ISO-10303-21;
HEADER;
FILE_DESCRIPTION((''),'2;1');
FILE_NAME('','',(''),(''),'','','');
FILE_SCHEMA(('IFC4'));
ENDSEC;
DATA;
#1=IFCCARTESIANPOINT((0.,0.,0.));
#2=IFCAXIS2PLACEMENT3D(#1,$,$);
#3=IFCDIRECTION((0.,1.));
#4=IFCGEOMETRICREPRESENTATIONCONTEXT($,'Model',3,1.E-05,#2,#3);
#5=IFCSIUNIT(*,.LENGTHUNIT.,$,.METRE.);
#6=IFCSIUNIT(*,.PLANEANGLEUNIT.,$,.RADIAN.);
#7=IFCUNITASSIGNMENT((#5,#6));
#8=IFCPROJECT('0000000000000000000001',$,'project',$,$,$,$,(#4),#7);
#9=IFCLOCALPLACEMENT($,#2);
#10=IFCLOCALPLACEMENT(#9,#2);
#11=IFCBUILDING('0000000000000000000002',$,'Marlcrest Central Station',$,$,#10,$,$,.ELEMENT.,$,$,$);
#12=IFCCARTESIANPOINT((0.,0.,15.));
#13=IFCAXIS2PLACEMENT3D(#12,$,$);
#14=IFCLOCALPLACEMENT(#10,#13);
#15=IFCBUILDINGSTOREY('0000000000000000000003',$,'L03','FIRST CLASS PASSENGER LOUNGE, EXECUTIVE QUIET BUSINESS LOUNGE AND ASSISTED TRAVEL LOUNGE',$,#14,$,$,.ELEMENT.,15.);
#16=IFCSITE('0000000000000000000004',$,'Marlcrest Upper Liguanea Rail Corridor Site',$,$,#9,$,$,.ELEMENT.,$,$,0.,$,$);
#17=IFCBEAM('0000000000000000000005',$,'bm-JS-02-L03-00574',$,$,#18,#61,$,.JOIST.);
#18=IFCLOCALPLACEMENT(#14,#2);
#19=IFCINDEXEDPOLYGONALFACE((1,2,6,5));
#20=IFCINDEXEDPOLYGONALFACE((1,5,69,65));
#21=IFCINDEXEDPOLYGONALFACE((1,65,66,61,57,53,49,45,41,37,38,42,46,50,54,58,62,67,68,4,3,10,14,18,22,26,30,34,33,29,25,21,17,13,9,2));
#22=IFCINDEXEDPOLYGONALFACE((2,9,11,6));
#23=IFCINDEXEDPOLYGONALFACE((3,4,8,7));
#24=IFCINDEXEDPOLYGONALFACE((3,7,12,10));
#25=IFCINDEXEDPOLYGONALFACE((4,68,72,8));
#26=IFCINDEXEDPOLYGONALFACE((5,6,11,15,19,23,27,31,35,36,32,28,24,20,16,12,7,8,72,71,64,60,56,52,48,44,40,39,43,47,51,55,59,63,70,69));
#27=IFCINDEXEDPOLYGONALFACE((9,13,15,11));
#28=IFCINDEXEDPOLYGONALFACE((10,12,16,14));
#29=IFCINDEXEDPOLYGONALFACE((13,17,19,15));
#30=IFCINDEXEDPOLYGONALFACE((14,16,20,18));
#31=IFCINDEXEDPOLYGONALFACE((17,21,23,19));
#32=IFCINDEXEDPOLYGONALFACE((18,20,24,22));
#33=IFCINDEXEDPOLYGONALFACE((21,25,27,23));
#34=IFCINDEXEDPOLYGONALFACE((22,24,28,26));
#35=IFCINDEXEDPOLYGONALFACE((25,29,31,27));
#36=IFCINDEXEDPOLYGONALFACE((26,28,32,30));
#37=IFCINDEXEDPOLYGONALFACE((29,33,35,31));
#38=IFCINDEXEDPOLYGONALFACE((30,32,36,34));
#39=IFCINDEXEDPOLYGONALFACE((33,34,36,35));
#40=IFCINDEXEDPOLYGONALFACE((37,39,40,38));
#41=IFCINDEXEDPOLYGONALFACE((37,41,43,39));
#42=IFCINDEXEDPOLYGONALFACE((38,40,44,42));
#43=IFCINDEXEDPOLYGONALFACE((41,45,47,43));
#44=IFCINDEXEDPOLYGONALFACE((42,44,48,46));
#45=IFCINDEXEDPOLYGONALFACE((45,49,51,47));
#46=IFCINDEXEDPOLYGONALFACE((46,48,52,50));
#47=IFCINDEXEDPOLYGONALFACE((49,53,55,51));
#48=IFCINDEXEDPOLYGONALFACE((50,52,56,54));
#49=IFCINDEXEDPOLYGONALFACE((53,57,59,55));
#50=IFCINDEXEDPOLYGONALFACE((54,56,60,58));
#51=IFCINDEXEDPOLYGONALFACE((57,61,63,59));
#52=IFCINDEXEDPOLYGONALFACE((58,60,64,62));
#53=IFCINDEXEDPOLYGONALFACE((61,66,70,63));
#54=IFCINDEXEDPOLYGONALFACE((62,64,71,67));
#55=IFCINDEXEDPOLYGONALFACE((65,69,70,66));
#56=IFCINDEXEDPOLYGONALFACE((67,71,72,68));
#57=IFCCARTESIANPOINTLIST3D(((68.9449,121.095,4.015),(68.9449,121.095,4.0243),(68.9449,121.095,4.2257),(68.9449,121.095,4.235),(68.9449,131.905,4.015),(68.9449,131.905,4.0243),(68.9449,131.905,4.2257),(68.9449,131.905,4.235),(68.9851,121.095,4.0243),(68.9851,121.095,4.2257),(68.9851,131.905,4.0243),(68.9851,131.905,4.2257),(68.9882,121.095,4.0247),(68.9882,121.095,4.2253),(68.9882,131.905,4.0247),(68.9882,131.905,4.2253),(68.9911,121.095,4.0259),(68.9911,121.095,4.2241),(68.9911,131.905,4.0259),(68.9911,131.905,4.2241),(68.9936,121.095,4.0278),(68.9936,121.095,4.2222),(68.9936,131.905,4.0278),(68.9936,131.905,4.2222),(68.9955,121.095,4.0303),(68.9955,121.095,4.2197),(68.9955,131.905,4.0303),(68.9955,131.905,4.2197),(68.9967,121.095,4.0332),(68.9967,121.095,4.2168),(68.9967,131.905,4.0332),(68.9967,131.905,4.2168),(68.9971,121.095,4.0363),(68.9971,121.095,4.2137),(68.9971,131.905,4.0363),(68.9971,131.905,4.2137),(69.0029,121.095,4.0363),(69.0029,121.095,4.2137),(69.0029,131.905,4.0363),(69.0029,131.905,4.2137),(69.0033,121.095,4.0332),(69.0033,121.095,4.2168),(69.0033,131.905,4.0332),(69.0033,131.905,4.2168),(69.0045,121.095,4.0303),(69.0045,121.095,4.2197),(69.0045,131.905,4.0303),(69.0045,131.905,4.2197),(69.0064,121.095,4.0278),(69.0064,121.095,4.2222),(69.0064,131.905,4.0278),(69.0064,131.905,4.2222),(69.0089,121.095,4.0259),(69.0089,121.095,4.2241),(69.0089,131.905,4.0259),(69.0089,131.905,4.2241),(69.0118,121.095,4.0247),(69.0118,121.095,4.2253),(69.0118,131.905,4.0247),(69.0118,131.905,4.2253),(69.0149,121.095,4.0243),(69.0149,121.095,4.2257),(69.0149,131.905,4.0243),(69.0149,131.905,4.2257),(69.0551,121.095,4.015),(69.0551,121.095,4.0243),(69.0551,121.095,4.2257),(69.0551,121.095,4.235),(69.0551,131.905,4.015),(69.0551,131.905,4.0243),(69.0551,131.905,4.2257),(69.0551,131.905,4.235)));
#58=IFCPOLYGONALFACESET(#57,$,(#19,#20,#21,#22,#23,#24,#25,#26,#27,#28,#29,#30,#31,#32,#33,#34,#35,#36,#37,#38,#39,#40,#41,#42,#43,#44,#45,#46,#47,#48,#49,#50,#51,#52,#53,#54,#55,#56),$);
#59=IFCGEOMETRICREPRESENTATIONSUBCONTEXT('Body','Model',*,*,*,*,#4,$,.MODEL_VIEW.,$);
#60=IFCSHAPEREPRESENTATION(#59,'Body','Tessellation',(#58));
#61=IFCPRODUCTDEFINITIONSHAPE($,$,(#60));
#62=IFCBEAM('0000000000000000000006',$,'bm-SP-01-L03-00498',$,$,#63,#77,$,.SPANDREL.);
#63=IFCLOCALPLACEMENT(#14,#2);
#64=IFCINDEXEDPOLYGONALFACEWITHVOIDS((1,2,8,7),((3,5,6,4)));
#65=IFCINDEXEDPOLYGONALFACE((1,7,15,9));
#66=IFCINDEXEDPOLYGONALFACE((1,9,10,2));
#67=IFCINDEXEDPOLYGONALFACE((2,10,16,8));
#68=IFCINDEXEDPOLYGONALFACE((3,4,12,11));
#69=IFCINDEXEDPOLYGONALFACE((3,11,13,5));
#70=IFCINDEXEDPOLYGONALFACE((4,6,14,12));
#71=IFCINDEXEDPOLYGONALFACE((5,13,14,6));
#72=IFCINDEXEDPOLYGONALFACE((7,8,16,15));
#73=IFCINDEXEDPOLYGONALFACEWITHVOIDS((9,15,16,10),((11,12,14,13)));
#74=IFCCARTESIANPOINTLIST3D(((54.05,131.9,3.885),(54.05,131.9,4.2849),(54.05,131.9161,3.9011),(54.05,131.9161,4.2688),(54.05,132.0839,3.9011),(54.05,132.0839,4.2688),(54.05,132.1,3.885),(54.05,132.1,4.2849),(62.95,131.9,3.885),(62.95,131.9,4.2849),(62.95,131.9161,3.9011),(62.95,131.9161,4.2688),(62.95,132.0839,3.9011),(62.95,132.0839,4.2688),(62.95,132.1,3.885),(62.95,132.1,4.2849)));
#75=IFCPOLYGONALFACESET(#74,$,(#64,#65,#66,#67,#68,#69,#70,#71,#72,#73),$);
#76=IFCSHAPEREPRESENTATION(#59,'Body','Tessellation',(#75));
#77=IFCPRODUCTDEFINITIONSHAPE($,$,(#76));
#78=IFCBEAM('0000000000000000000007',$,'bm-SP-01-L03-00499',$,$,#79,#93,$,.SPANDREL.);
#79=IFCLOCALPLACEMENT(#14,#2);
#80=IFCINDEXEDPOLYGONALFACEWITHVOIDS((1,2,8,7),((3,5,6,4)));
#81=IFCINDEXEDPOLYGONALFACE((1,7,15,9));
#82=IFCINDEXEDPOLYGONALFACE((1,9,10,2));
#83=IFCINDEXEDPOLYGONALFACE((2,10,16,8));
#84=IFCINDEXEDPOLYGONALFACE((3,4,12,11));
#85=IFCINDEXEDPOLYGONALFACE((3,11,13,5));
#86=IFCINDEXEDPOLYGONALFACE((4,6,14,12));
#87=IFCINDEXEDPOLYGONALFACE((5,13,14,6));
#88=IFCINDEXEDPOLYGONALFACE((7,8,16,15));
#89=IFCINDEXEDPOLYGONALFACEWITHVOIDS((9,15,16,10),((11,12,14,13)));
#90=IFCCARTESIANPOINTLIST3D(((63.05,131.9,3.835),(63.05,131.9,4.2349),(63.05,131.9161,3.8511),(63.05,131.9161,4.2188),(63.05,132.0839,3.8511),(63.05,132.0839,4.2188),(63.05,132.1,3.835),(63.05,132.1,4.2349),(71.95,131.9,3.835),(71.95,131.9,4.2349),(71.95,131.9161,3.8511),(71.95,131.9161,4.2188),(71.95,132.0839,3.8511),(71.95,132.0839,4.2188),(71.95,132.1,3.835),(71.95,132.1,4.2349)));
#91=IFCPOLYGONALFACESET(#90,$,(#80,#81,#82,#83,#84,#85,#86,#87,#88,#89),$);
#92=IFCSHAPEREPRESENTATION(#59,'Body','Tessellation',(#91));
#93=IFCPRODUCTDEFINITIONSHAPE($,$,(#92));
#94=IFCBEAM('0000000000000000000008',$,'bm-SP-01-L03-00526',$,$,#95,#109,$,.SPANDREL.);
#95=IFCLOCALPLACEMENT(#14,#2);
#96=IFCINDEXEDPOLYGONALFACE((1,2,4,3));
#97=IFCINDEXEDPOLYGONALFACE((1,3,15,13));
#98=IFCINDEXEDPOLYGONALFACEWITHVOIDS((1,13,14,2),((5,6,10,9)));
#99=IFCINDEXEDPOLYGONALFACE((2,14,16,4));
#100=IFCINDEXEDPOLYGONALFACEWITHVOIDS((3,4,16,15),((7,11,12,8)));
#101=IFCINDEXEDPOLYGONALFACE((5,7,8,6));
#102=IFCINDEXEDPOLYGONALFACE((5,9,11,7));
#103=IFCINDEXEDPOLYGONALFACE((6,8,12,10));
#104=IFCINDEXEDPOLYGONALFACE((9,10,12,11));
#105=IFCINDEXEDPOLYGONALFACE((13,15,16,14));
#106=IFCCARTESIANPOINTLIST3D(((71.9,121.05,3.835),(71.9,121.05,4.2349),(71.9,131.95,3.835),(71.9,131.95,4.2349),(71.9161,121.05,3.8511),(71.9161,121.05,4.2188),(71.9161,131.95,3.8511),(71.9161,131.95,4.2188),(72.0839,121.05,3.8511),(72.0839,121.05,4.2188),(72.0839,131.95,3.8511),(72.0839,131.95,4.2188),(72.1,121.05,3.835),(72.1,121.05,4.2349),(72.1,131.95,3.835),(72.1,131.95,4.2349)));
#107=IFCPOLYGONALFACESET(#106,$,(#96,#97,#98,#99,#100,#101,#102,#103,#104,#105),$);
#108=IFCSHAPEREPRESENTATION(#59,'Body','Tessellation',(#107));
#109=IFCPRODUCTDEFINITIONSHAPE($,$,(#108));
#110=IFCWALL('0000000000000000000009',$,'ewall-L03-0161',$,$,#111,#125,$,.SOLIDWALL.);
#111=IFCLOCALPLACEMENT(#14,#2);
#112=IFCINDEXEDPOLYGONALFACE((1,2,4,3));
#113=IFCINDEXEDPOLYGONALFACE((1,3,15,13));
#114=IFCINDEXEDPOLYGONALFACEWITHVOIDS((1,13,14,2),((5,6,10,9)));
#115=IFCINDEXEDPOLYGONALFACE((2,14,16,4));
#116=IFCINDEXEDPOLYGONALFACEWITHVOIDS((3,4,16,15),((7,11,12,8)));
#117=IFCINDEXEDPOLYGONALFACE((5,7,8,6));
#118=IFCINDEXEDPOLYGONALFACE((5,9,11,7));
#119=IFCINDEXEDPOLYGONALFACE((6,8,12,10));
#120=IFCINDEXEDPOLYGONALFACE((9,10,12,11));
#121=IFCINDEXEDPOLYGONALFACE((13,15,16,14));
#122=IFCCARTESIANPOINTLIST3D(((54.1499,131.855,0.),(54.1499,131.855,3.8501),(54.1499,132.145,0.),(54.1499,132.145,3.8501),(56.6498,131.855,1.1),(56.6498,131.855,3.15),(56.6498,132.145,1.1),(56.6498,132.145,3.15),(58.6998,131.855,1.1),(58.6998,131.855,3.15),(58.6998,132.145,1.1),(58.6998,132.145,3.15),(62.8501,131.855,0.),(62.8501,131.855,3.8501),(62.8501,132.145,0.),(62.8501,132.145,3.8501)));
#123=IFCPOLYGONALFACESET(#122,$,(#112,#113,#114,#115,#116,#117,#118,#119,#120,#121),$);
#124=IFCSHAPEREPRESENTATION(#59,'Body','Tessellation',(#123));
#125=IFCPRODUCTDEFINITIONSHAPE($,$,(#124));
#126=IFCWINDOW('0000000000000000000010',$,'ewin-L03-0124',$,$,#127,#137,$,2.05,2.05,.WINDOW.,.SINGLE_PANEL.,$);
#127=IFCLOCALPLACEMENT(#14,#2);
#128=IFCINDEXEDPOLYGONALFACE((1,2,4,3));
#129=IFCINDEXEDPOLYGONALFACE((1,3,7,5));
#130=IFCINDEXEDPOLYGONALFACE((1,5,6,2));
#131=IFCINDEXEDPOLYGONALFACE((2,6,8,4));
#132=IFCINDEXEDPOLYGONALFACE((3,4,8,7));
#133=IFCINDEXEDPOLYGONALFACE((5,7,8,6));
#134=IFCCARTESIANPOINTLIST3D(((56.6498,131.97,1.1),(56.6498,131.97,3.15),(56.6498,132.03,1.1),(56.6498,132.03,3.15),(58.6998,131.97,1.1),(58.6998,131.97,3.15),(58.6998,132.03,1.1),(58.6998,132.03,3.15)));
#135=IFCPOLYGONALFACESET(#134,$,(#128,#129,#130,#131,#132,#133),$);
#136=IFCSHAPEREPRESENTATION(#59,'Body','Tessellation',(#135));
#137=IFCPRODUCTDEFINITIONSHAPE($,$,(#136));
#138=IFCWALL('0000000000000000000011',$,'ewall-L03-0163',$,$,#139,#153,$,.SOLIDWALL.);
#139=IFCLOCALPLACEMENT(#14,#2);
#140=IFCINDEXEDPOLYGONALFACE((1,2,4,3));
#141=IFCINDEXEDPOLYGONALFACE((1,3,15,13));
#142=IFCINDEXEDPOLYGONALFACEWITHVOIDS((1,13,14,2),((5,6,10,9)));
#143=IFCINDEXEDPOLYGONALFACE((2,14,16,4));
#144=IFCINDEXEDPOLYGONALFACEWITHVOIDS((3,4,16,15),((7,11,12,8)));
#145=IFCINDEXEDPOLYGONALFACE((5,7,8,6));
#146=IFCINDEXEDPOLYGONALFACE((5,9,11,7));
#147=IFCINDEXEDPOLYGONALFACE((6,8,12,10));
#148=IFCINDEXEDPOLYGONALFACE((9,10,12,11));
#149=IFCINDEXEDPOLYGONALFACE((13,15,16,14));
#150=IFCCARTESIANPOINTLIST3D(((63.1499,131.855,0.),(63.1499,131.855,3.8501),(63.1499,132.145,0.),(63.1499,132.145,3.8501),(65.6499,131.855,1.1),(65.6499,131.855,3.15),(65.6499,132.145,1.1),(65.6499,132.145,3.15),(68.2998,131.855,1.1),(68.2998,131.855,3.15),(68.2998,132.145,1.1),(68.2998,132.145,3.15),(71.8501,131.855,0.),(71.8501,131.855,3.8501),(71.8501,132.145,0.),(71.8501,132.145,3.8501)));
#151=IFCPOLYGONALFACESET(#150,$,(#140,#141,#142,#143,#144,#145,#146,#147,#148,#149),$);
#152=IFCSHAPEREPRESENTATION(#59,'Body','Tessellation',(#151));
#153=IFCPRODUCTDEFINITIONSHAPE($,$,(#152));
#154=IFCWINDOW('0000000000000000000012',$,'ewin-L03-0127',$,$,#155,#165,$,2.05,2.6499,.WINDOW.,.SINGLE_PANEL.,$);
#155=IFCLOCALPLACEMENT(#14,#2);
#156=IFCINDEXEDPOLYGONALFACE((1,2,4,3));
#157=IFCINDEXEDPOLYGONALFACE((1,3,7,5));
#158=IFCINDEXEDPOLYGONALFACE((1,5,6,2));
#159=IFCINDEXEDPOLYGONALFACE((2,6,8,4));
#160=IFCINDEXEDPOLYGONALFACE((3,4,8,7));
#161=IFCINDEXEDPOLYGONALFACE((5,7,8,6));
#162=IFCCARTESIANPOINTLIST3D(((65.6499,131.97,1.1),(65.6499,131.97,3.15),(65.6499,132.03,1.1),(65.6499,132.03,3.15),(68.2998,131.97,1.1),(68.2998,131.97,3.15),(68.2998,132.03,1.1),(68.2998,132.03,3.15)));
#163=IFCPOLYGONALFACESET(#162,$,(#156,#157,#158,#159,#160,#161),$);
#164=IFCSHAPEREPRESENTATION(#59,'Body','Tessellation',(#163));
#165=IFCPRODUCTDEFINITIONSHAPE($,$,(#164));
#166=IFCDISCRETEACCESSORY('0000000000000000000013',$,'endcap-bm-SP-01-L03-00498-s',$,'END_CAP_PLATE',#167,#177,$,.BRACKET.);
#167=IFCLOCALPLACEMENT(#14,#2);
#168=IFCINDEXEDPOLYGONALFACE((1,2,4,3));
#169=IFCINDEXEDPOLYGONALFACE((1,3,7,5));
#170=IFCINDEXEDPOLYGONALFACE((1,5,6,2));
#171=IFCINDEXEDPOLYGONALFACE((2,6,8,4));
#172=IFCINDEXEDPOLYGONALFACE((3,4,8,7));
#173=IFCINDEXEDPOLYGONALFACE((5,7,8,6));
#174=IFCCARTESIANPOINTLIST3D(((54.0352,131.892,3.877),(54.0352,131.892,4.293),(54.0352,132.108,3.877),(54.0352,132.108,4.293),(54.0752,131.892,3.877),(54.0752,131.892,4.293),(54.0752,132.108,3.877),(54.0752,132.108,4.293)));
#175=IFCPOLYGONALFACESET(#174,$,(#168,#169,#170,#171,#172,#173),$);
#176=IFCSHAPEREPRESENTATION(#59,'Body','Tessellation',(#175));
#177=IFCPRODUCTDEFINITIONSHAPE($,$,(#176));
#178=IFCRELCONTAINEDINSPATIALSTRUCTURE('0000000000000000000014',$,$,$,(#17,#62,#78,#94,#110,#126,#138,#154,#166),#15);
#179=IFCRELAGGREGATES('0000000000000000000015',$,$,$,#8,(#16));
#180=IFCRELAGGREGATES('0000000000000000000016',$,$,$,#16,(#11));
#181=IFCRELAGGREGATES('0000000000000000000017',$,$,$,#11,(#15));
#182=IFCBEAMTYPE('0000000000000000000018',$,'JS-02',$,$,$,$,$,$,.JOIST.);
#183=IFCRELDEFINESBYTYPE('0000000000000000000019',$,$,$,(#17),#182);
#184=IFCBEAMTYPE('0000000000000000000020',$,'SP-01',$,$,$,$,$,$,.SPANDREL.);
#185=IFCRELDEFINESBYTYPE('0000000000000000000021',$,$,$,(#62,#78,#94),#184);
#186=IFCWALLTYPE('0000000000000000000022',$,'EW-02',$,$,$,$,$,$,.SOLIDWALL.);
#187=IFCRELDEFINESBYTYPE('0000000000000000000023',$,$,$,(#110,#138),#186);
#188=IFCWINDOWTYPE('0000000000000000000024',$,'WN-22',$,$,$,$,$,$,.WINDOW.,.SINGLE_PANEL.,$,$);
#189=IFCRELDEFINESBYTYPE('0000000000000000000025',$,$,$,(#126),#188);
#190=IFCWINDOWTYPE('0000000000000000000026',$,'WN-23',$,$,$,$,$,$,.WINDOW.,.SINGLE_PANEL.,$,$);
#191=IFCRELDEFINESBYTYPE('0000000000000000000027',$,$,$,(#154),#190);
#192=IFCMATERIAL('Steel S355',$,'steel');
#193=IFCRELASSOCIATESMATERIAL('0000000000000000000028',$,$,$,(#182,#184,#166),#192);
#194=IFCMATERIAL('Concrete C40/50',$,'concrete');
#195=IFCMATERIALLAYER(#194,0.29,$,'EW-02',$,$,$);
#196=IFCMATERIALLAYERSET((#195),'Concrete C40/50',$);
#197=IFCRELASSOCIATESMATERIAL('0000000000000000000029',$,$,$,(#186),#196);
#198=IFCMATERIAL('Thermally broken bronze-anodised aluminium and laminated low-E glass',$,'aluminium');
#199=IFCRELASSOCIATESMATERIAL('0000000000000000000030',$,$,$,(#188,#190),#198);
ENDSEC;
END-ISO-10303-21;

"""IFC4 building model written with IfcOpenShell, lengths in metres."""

from ifc_helpers import new_model, si_unit, direction, frame, frame_2d, origin, origin_2d, place, context, subcontext, project, spatial, rectangle, hollow_rectangle, i_section, extrude, material, layer, layer_set, material_profile, profile_set, type_object, element, fill, save


model = new_model("IFC4")

# Units and contexts
model_context = context("Model", 3, precision=1e-05, world=origin(), true_north=direction((0.0, 1.0)))
body_context = subcontext(model_context, "Body", "Model", "MODEL_VIEW")
ifc_project = project(units=[si_unit("LENGTHUNIT", "METRE"), si_unit("PLANEANGLEUNIT", "RADIAN")], contexts=[model_context])

# Site, building, storey
site_placement = place(None, origin())
site = spatial("IfcSite", under=ifc_project, at=site_placement, Name="Marlcrest Upper Liguanea Rail Corridor Site", CompositionType="ELEMENT", RefElevation=0.0)
building_placement = place(site_placement, origin())
building = spatial("IfcBuilding", under=site, at=building_placement, Name="Marlcrest Central Station", CompositionType="ELEMENT")
storey_placement = place(building_placement, frame((0.0, 0.0, 15.0)))
storey = spatial("IfcBuildingStorey", under=building, at=storey_placement, Name="L03", Description="FIRST CLASS PASSENGER LOUNGE, EXECUTIVE QUIET BUSINESS LOUNGE AND ASSISTED TRAVEL LOUNGE", CompositionType="ELEMENT", Elevation=15.0)

# Shared definitions
ifc_material_1 = material(Name="Steel S355", Category="steel")

# Beams
ifc_material_profile_1 = material_profile(ifc_material_1, i_section(OverallWidth=0.1101, OverallDepth=0.22, WebThickness=0.0059, FlangeThickness=0.0093, FilletRadius=0.012, at=origin_2d()), Name="IPE 220")
ifc_profile_set_1 = profile_set([ifc_material_profile_1], Name="Steel S355")
beam_type_1 = type_object("IfcBeamType", Name="JS-02", PredefinedType="JOIST", material=ifc_profile_set_1)
for number, where, z_axis, x_axis, name in (
    (1, (69.0, 121.095, 4.125), (0.0, 1.0, 0.0), (-1.0, 0.0, 0.0), "bm-JS-02-L03-00574"),
):
    element("IfcBeam", number, at=place(storey_placement, frame(where, z_axis=z_axis, x_axis=x_axis)), inside=storey, type_object=beam_type_1, Name=name, PredefinedType="JOIST", context=body_context, shape_type="SweptSolid", body=[
        extrude(i_section(OverallWidth=0.1101, OverallDepth=0.22, WebThickness=0.0059, FlangeThickness=0.0093, FilletRadius=0.012, at=origin_2d()), origin(), (0.0, 0.0, 1.0), 10.8101),
    ])
ifc_material_profile_2 = material_profile(ifc_material_1, hollow_rectangle(XDim=0.2, YDim=0.3999, WallThickness=0.0161, at=origin_2d()), Name="RHS 400x200x16")
ifc_profile_set_2 = profile_set([ifc_material_profile_2], Name="Steel S355")
beam_type_2 = type_object("IfcBeamType", Name="SP-01", PredefinedType="SPANDREL", material=ifc_profile_set_2)
for number, where, z_axis, x_axis, name in (
    (2, (54.05, 132.0, 4.085), (1.0, 0.0, 0.0), (0.0, 1.0, 0.0), "bm-SP-01-L03-00498"),
    (3, (63.05, 132.0, 4.0349), (1.0, 0.0, 0.0), (0.0, 1.0, 0.0), "bm-SP-01-L03-00499"),
):
    element("IfcBeam", number, at=place(storey_placement, frame(where, z_axis=z_axis, x_axis=x_axis)), inside=storey, type_object=beam_type_2, Name=name, PredefinedType="SPANDREL", context=body_context, shape_type="SweptSolid", body=[
        extrude(hollow_rectangle(XDim=0.2, YDim=0.3999, WallThickness=0.0161, at=origin_2d()), origin(), (0.0, 0.0, 1.0), 8.8999),
    ])
beam_1_placement = place(storey_placement, frame((72.0, 121.05, 4.0349), z_axis=(0.0, 1.0, 0.0), x_axis=(-1.0, 0.0, 0.0)))
element("IfcBeam", 4, at=beam_1_placement, inside=storey, type_object=beam_type_2, Name="bm-SP-01-L03-00526", PredefinedType="SPANDREL", context=body_context, shape_type="SweptSolid", body=[
    extrude(hollow_rectangle(XDim=0.2, YDim=0.3999, WallThickness=0.0161, at=origin_2d()), origin(), (0.0, 0.0, 1.0), 10.8999),
])

# Walls, openings, windows
ifc_material_2 = material(Name="Concrete C40/50", Category="concrete")
ifc_layer = layer(ifc_material_2, 0.29, Name="EW-02")
ifc_layer_set = layer_set([ifc_layer], Name="Concrete C40/50")
wall_type = type_object("IfcWallType", Name="EW-02", PredefinedType="SOLIDWALL", material=ifc_layer_set)
wall_1_placement = place(storey_placement, frame((54.1499, 132.0, 0.0), z_axis=(0.0, 0.0, 1.0), x_axis=(1.0, 0.0, 0.0)))
wall_1 = element("IfcWall", 5, at=wall_1_placement, inside=storey, type_object=wall_type, Name="ewall-L03-0161", PredefinedType="SOLIDWALL", context=body_context, shape_type="SweptSolid", body=[
    extrude(rectangle(XDim=8.7002, YDim=0.29, at=frame_2d((4.3501, 0.0))), origin(), (0.0, 0.0, 1.0), 3.8501),
])
opening_1_placement = place(wall_1_placement, frame((2.5, 0.0, 1.1001)))
opening_1 = element("IfcOpeningElement", 6, at=opening_1_placement, cuts=wall_1, PredefinedType="OPENING", context=body_context, shape_type="SweptSolid", body=[
    extrude(rectangle(XDim=2.05, YDim=2.05, at=frame_2d((1.0249, 1.0249))), frame((0.0, 0.155, 0.0), z_axis=(0.0, -1.0, 0.0), x_axis=(1.0, 0.0, 0.0)), (0.0, 0.0, 1.0), 0.3101),
])
ifc_material_3 = material(Name="Thermally broken bronze-anodised aluminium and laminated low-E glass", Category="aluminium")
window_type_1 = type_object("IfcWindowType", Name="WN-22", PartitioningType="SINGLE_PANEL", PredefinedType="WINDOW", material=ifc_material_3)
window_1_placement = place(opening_1_placement, origin())
window_1 = element("IfcWindow", 7, at=window_1_placement, inside=storey, type_object=window_type_1, Name="ewin-L03-0124", OverallHeight=2.05, OverallWidth=2.05, PartitioningType="SINGLE_PANEL", PredefinedType="WINDOW", context=body_context, shape_type="SweptSolid", body=[
    extrude(rectangle(XDim=2.05, YDim=2.05, at=frame_2d((1.0249, 1.0249))), frame((0.0, 0.03, 0.0), z_axis=(0.0, -1.0, 0.0), x_axis=(1.0, 0.0, 0.0)), (0.0, 0.0, 1.0), 0.0601),
])
fill(opening_1, window_1)
wall_2_placement = place(storey_placement, frame((63.1499, 132.0, 0.0), z_axis=(0.0, 0.0, 1.0), x_axis=(1.0, 0.0, 0.0)))
wall_2 = element("IfcWall", 8, at=wall_2_placement, inside=storey, type_object=wall_type, Name="ewall-L03-0163", PredefinedType="SOLIDWALL", context=body_context, shape_type="SweptSolid", body=[
    extrude(rectangle(XDim=8.7002, YDim=0.29, at=frame_2d((4.3501, 0.0))), origin(), (0.0, 0.0, 1.0), 3.8501),
])
opening_2_placement = place(wall_2_placement, frame((2.5, 0.0, 1.1001)))
opening_2 = element("IfcOpeningElement", 9, at=opening_2_placement, cuts=wall_2, PredefinedType="OPENING", context=body_context, shape_type="SweptSolid", body=[
    extrude(rectangle(XDim=2.6499, YDim=2.05, at=frame_2d((1.325, 1.0249))), frame((0.0, 0.155, 0.0), z_axis=(0.0, -1.0, 0.0), x_axis=(1.0, 0.0, 0.0)), (0.0, 0.0, 1.0), 0.3101),
])
window_type_2 = type_object("IfcWindowType", Name="WN-23", PartitioningType="SINGLE_PANEL", PredefinedType="WINDOW", material=ifc_material_3)
window_2_placement = place(opening_2_placement, origin())
window_2 = element("IfcWindow", 10, at=window_2_placement, inside=storey, type_object=window_type_2, Name="ewin-L03-0127", OverallHeight=2.05, OverallWidth=2.6499, PartitioningType="SINGLE_PANEL", PredefinedType="WINDOW", context=body_context, shape_type="SweptSolid", body=[
    extrude(rectangle(XDim=2.6499, YDim=2.05, at=frame_2d((1.325, 1.0249))), frame((0.0, 0.03, 0.0), z_axis=(0.0, -1.0, 0.0), x_axis=(1.0, 0.0, 0.0)), (0.0, 0.0, 1.0), 0.0601),
])
fill(opening_2, window_2)

# Discrete accessory
for number, where, z_axis, x_axis, name in (
    (11, (54.0352, 132.0, 4.085), (1.0, 0.0, 0.0), (0.0, 1.0, 0.0), "endcap-bm-SP-01-L03-00498-s"),
):
    element("IfcDiscreteAccessory", number, at=place(storey_placement, frame(where, z_axis=z_axis, x_axis=x_axis)), inside=storey, material=ifc_material_1, Name=name, ObjectType="END_CAP_PLATE", PredefinedType="BRACKET", context=body_context, shape_type="SweptSolid", body=[
        extrude(rectangle(XDim=0.2161, YDim=0.416, at=origin_2d()), origin(), (0.0, 0.0, 1.0), 0.04),
    ])

save(model, "model.ifc")
